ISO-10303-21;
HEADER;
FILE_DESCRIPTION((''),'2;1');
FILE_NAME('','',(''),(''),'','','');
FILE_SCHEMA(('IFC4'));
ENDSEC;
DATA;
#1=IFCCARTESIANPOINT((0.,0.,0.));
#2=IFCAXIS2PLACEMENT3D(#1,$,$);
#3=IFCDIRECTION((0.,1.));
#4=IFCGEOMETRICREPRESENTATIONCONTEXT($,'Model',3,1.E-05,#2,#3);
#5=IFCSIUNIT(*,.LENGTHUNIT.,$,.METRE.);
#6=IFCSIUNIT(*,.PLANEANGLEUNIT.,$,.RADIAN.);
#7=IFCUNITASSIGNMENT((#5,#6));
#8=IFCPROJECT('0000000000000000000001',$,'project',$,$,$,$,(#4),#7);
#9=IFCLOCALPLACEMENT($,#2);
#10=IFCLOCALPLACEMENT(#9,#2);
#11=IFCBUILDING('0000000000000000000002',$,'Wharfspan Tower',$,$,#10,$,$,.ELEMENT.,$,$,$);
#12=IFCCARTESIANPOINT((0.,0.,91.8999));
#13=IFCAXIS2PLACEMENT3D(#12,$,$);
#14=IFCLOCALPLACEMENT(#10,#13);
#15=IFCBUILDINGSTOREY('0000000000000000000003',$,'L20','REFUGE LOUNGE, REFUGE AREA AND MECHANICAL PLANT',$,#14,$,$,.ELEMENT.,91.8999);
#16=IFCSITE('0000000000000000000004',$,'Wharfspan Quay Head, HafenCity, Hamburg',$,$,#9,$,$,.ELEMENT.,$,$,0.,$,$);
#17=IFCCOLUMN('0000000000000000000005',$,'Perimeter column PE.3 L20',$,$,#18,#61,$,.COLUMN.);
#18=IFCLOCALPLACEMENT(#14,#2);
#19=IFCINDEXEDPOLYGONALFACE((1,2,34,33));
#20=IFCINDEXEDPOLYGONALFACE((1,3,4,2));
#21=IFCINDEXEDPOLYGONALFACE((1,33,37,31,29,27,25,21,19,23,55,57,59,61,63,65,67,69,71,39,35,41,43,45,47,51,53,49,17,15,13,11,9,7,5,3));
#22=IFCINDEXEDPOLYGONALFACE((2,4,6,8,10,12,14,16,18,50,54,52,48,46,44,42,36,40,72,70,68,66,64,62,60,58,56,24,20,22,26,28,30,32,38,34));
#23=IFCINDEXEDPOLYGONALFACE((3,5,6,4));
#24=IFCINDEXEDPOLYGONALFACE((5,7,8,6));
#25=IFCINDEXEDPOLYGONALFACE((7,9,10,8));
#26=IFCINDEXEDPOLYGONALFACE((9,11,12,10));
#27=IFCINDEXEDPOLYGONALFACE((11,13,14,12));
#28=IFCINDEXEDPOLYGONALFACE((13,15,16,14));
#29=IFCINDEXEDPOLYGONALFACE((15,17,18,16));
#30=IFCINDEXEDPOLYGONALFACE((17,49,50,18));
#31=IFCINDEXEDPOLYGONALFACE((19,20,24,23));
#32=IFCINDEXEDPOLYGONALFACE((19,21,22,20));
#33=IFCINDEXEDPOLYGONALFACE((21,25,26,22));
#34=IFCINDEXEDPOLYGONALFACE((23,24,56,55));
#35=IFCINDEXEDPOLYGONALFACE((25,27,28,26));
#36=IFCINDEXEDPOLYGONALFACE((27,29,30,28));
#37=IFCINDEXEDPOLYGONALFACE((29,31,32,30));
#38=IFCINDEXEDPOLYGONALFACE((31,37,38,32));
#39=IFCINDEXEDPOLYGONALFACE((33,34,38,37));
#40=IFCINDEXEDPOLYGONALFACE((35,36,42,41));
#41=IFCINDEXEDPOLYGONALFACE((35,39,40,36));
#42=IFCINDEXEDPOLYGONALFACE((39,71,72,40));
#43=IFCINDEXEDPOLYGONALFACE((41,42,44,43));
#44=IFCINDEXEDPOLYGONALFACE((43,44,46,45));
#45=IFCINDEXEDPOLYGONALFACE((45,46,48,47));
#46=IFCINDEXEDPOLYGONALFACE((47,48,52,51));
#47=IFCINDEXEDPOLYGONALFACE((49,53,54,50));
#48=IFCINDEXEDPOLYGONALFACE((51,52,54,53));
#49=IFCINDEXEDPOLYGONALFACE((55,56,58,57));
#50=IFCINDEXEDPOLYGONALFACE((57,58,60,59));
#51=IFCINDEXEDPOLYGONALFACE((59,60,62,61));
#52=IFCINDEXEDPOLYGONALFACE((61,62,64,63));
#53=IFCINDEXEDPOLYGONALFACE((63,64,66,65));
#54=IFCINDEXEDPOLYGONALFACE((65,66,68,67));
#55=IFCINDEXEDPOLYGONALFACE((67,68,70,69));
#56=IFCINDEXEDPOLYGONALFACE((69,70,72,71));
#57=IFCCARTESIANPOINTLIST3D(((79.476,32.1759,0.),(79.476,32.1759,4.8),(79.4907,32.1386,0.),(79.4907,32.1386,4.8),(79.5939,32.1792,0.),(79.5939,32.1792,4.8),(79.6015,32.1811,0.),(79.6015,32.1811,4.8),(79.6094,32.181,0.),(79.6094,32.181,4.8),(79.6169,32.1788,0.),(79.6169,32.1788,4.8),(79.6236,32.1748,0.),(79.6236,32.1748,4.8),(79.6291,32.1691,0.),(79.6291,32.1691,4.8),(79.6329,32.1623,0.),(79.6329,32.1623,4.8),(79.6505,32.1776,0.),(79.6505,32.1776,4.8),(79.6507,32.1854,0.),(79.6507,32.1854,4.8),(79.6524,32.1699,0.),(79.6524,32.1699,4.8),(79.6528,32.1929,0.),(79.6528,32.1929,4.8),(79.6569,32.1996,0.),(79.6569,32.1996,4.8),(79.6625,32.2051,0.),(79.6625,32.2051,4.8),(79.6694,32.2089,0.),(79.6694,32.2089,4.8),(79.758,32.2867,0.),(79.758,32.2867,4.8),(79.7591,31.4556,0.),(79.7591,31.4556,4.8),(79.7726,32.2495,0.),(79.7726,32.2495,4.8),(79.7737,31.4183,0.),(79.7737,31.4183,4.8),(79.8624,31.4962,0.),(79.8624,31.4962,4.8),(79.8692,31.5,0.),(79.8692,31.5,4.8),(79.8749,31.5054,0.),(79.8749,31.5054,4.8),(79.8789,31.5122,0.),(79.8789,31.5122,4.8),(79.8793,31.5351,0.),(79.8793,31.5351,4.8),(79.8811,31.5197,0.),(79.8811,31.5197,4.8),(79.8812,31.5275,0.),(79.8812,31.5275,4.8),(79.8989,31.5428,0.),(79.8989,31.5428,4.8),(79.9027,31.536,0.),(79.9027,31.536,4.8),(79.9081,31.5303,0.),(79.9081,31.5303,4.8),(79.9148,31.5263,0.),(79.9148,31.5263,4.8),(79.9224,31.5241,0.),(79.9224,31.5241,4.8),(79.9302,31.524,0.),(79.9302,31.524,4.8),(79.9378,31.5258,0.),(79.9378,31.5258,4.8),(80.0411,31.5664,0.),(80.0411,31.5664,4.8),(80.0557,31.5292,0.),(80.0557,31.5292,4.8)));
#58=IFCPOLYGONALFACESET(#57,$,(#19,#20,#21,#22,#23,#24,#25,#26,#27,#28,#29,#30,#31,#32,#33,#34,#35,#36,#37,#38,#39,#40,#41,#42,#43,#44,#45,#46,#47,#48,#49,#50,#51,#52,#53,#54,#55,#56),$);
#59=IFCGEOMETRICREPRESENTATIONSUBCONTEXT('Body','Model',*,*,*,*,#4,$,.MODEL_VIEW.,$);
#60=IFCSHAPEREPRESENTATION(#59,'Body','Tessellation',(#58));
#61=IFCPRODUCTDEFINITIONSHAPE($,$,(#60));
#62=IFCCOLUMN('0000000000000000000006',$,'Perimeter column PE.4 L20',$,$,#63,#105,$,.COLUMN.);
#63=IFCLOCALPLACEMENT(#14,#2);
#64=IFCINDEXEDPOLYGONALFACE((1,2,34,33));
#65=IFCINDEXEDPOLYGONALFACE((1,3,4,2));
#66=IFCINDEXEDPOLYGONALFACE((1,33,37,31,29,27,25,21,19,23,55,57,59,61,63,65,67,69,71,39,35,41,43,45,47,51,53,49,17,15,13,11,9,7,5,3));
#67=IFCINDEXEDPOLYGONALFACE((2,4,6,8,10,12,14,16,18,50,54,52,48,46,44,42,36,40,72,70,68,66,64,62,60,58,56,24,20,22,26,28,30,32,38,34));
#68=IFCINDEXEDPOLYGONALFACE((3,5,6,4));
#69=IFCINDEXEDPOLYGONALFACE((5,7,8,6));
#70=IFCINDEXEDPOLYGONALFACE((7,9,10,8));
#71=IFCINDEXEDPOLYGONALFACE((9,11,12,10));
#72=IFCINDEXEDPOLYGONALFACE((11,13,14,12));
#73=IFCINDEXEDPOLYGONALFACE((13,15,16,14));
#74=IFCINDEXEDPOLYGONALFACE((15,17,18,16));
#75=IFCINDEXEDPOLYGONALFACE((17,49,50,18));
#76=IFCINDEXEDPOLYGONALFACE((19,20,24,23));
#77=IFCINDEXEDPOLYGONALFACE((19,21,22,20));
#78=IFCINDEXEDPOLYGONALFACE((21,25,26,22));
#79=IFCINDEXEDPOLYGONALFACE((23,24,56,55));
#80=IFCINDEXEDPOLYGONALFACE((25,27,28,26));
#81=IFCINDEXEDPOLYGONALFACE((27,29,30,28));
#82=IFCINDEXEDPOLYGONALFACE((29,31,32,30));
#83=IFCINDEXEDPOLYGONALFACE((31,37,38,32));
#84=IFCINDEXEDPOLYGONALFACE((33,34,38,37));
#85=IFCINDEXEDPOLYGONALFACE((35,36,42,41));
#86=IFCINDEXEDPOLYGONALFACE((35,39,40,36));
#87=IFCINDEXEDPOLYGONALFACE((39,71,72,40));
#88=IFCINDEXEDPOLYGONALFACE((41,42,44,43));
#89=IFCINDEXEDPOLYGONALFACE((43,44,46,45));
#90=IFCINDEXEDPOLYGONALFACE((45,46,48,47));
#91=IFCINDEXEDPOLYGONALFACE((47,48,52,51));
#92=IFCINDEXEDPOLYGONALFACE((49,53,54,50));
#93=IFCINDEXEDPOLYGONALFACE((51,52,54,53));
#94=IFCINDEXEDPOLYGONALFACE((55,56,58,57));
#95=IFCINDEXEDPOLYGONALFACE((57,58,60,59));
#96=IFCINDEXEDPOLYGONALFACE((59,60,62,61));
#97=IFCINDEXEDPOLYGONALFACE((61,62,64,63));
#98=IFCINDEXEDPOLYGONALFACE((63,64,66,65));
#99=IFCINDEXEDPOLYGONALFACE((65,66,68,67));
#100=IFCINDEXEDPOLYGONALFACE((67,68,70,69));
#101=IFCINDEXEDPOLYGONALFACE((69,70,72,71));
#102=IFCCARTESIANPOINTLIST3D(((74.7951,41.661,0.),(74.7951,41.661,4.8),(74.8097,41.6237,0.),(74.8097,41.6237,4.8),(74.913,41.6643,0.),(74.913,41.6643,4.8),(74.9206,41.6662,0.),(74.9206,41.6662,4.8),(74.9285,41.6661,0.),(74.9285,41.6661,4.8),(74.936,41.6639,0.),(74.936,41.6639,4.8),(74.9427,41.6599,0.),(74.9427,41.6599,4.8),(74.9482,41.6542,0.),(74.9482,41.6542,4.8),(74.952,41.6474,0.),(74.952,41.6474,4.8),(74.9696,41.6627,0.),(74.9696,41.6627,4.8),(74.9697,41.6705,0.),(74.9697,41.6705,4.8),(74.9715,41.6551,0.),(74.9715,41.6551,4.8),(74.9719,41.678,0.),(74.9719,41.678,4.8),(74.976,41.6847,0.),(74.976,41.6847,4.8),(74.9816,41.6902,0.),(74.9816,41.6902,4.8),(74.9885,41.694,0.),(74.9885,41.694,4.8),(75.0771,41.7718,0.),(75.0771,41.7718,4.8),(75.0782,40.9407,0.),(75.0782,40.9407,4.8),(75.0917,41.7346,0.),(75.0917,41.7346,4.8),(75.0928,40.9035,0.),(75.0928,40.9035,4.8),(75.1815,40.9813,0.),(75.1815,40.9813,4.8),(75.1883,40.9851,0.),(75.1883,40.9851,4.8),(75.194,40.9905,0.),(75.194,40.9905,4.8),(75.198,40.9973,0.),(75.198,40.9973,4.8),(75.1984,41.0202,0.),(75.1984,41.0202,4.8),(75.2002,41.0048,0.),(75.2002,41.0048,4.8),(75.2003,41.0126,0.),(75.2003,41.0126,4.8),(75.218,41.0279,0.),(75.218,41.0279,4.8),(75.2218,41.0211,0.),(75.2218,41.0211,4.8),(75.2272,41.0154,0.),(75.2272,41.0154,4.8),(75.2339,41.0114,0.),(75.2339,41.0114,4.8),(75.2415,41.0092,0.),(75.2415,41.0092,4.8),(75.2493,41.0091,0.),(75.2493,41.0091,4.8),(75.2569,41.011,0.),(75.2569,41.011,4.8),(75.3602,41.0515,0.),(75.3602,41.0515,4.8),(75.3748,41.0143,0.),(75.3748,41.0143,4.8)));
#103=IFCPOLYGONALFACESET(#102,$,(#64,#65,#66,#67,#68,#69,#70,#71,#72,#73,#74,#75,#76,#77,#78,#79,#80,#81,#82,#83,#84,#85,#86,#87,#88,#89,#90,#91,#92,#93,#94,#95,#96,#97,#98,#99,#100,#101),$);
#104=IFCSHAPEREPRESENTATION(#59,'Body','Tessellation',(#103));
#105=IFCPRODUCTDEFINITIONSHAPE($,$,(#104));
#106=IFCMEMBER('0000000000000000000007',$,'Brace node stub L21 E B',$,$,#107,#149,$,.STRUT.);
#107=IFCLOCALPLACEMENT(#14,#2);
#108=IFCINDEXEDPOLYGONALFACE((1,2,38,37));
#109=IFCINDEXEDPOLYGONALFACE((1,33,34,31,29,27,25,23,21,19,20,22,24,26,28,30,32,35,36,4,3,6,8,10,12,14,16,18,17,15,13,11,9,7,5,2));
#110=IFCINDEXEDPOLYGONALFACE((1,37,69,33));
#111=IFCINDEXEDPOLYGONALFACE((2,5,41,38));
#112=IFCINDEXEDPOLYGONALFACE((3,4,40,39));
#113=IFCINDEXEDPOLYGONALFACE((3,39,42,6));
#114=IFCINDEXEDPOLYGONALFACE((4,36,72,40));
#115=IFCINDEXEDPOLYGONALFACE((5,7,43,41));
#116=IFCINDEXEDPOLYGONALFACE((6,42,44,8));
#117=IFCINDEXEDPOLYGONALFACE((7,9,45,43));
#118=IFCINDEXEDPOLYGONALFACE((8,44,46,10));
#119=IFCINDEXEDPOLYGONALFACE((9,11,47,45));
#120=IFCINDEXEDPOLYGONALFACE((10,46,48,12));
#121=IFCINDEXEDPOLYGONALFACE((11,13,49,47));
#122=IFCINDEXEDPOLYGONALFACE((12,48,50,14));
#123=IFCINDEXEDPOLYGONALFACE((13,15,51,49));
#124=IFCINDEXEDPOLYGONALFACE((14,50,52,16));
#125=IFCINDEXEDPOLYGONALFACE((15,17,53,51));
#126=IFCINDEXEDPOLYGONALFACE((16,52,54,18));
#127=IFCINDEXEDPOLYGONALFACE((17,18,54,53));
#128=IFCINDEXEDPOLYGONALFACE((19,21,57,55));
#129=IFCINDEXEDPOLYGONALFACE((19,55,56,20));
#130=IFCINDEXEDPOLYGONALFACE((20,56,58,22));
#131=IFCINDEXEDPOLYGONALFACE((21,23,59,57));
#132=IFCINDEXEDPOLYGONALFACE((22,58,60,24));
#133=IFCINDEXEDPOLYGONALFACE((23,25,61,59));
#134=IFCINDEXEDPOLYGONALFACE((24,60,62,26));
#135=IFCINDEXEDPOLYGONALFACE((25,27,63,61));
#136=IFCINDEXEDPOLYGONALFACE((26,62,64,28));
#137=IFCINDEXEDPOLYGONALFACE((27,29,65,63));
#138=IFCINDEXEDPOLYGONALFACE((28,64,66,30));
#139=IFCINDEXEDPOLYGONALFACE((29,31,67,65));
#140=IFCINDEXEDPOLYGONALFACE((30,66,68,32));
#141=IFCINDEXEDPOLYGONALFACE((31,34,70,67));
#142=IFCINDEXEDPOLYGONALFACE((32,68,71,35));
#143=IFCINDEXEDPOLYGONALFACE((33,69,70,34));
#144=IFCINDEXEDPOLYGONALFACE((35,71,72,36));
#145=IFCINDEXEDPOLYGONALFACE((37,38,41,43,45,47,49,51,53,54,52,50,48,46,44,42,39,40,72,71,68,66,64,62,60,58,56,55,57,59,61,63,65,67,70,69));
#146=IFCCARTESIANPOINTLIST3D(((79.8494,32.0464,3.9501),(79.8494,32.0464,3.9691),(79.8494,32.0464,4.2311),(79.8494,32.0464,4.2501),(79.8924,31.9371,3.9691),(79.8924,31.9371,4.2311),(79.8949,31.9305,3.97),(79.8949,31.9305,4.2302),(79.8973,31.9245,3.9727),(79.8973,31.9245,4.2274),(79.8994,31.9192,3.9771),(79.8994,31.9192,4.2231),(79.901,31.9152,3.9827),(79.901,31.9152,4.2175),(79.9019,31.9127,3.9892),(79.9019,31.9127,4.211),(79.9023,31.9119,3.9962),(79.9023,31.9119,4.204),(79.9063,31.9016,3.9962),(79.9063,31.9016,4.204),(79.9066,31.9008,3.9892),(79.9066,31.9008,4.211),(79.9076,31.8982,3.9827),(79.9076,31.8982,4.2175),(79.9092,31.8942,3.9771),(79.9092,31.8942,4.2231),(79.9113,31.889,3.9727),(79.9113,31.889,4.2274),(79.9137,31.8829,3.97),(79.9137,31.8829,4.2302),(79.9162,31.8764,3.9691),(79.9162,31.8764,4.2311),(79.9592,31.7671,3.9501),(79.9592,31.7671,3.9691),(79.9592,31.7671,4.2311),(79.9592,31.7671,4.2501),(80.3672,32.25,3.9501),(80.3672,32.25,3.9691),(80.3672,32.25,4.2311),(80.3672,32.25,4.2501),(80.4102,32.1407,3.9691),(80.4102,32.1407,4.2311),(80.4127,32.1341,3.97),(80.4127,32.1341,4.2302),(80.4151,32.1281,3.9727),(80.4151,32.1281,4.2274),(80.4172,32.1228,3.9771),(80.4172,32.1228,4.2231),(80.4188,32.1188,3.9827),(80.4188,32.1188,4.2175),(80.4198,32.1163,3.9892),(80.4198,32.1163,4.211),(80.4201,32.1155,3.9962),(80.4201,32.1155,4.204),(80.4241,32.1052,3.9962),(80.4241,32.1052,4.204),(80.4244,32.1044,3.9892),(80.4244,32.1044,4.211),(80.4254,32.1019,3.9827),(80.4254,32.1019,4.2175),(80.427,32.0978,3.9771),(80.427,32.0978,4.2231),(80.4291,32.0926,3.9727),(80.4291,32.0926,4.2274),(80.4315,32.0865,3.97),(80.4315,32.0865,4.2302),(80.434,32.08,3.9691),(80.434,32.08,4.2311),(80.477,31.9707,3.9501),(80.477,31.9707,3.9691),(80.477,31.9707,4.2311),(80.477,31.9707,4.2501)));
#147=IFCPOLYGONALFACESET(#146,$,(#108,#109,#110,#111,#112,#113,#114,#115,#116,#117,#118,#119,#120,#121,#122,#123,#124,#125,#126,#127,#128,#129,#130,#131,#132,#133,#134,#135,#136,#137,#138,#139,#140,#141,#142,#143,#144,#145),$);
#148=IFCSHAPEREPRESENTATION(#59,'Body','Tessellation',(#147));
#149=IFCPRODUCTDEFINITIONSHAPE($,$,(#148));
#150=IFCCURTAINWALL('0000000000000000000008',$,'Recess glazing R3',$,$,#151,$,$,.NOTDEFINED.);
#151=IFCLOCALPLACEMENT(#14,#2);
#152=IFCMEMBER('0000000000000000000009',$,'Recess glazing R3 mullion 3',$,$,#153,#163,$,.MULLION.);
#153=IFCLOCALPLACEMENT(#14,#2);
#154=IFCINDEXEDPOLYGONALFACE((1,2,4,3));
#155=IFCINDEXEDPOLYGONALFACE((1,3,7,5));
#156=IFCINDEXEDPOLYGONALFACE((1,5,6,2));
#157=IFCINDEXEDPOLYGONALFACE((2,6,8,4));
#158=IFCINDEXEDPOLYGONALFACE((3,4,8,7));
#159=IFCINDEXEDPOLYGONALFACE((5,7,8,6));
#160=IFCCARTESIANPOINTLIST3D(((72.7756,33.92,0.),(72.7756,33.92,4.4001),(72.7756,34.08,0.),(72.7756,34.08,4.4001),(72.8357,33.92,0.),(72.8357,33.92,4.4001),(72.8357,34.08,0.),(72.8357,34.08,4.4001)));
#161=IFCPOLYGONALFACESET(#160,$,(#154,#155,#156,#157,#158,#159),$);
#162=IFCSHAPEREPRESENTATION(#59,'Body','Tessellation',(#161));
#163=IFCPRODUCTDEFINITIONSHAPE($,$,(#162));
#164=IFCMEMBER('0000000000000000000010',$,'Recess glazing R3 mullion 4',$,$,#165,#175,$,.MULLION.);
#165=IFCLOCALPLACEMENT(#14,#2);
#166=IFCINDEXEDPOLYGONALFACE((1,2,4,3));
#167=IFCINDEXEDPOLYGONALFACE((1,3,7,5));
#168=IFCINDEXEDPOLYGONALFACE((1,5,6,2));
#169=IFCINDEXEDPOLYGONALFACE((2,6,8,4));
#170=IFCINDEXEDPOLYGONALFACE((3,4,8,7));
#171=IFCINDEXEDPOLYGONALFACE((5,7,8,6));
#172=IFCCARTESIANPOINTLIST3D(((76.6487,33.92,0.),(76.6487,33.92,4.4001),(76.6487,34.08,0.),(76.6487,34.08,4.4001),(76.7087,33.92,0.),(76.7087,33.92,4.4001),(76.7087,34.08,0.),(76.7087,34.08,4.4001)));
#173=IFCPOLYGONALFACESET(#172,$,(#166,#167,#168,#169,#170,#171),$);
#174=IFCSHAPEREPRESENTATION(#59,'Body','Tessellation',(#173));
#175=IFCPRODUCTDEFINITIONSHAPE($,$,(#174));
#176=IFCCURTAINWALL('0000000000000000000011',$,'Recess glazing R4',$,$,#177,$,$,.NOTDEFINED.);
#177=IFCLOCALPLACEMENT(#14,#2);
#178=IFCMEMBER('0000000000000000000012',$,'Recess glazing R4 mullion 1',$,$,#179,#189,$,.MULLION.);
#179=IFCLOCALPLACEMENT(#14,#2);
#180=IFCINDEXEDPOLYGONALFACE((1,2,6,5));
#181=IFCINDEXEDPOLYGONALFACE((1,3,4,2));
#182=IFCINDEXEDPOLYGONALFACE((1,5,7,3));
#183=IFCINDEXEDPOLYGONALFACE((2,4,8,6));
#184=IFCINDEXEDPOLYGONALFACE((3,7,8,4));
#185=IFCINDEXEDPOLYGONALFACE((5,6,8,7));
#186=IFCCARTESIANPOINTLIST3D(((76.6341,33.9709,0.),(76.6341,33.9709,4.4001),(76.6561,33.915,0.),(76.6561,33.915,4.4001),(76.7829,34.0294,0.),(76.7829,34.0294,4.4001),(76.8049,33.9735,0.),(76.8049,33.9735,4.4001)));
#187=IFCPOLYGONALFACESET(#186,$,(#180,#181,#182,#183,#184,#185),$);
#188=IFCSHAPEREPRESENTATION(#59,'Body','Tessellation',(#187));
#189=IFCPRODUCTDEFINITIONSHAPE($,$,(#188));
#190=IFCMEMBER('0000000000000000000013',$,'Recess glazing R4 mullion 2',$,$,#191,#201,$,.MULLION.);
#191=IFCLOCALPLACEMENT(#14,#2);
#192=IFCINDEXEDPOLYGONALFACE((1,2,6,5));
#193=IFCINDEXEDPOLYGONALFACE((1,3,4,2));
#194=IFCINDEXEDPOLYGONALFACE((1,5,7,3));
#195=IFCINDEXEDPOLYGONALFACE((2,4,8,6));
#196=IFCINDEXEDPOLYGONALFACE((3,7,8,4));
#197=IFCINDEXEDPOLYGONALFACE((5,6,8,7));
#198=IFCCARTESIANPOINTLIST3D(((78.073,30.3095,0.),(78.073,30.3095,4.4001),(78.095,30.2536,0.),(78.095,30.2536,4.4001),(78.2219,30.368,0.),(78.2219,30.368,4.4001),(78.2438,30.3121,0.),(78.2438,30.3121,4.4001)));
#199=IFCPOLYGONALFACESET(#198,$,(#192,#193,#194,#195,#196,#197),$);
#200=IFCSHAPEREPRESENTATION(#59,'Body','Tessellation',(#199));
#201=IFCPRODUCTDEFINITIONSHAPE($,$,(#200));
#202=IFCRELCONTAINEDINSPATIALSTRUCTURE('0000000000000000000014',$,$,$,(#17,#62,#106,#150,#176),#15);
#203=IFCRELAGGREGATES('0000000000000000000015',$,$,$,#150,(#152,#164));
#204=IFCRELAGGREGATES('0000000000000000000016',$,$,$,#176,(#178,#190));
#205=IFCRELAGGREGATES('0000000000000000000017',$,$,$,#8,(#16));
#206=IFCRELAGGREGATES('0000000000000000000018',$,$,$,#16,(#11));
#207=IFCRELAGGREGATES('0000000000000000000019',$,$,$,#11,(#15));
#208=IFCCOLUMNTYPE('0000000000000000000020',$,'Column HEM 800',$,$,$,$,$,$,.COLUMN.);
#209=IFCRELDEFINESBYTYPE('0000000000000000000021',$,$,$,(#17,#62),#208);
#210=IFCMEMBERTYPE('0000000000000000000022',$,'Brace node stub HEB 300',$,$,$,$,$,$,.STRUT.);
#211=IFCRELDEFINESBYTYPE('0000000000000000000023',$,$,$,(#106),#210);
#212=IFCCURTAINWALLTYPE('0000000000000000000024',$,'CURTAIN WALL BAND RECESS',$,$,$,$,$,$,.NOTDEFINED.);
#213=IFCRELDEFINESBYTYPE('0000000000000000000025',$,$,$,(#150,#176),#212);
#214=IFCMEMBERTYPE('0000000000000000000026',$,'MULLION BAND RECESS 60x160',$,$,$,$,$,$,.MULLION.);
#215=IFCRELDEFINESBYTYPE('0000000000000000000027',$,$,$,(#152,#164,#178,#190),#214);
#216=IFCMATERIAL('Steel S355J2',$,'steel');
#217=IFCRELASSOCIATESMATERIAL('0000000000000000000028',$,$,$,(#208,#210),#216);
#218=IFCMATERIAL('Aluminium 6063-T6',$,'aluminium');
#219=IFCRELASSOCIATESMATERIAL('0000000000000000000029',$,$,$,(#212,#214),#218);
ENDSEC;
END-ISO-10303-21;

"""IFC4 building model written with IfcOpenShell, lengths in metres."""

from ifc_helpers import new_model, si_unit, direction, frame, origin, origin_2d, place, context, subcontext, project, spatial, rectangle, i_section, extrude, material, material_profile, profile_set, type_object, element, aggregate, save


model = new_model("IFC4")

# Units and contexts
model_context = context("Model", 3, precision=1e-05, world=origin(), true_north=direction((0.0, 1.0)))
body_context = subcontext(model_context, "Body", "Model", "MODEL_VIEW")
ifc_project = project(units=[si_unit("LENGTHUNIT", "METRE"), si_unit("PLANEANGLEUNIT", "RADIAN")], contexts=[model_context])

# Site, building, storey
site_placement = place(None, origin())
site = spatial("IfcSite", under=ifc_project, at=site_placement, Name="Wharfspan Quay Head, HafenCity, Hamburg", CompositionType="ELEMENT", RefElevation=0.0)
building_placement = place(site_placement, origin())
building = spatial("IfcBuilding", under=site, at=building_placement, Name="Wharfspan Tower", CompositionType="ELEMENT")
storey_placement = place(building_placement, frame((0.0, 0.0, 91.8999)))
storey = spatial("IfcBuildingStorey", under=building, at=storey_placement, Name="L20", Description="REFUGE LOUNGE, REFUGE AREA AND MECHANICAL PLANT", CompositionType="ELEMENT", Elevation=91.8999)

# Columns
ifc_material_1 = material(Name="Steel S355J2", Category="steel")
ifc_material_profile_1 = material_profile(ifc_material_1, i_section(OverallWidth=0.303, OverallDepth=0.814, WebThickness=0.021, FlangeThickness=0.04, FilletRadius=0.03, at=origin_2d()))
ifc_profile_set_1 = profile_set([ifc_material_profile_1], Name="Steel S355J2")
column_type = type_object("IfcColumnType", Name="Column HEM 800", PredefinedType="COLUMN", material=ifc_profile_set_1)
for number, where, z_axis, x_axis, name in (
    (1, (79.7659, 31.8525, 0.0), (0.0, 0.0, 1.0), (0.930702, 0.365778, 0.0), "Perimeter column PE.3 L20"),
    (2, (75.085, 41.3376, 0.0), (0.0, 0.0, 1.0), (0.930702, 0.365778, 0.0), "Perimeter column PE.4 L20"),
):
    element("IfcColumn", number, at=place(storey_placement, frame(where, z_axis=z_axis, x_axis=x_axis)), inside=storey, type_object=column_type, Name=name, PredefinedType="COLUMN", context=body_context, shape_type="SweptSolid", body=[
        extrude(i_section(OverallWidth=0.303, OverallDepth=0.814, WebThickness=0.021, FlangeThickness=0.04, FilletRadius=0.03, at=origin_2d()), origin(), (0.0, 0.0, 1.0), 4.8),
    ])

# Member
ifc_material_profile_2 = material_profile(ifc_material_1, i_section(OverallWidth=0.3, OverallDepth=0.3, WebThickness=0.011, FlangeThickness=0.019, FilletRadius=0.0271, at=origin_2d()))
ifc_profile_set_2 = profile_set([ifc_material_profile_2], Name="Steel S355J2")
member_type_1 = type_object("IfcMemberType", Name="Brace node stub HEB 300", PredefinedType="STRUT", material=ifc_profile_set_2)
member_1_placement = place(storey_placement, frame((79.9043, 31.9067, 4.1001), z_axis=(0.930639, 0.365937, 0.0), x_axis=(-0.365937, 0.930639, 0.0)))
element("IfcMember", 3, at=member_1_placement, inside=storey, type_object=member_type_1, Name="Brace node stub L21 E B", PredefinedType="STRUT", context=body_context, shape_type="SweptSolid", body=[
    extrude(i_section(OverallWidth=0.3, OverallDepth=0.3, WebThickness=0.011, FlangeThickness=0.019, FilletRadius=0.0271, at=origin_2d()), origin(), (0.0, 0.0, 1.0), 0.5564),
])

# Curtain walls, members
ifc_material_2 = material(Name="Aluminium 6063-T6", Category="aluminium")
curtain_wall_type = type_object("IfcCurtainWallType", Name="CURTAIN WALL BAND RECESS", PredefinedType="NOTDEFINED", material=ifc_material_2)
curtain_wall_1_placement = place(storey_placement, origin())
curtain_wall_1 = element("IfcCurtainWall", 4, at=curtain_wall_1_placement, inside=storey, type_object=curtain_wall_type, Name="Recess glazing R3", PredefinedType="NOTDEFINED")
ifc_material_profile_3 = material_profile(ifc_material_2, rectangle(XDim=0.1599, YDim=0.0601, at=origin_2d()))
ifc_profile_set_3 = profile_set([ifc_material_profile_3], Name="Aluminium 6063-T6")
member_type_2 = type_object("IfcMemberType", Name="MULLION BAND RECESS 60x160", PredefinedType="MULLION", material=ifc_profile_set_3)
member_2_placement = place(storey_placement, frame((72.8057, 34.0, 0.0), z_axis=(0.0, 0.0, 1.0), x_axis=(0.0, 1.0, 0.0)))
member_2 = element("IfcMember", 5, at=member_2_placement, type_object=member_type_2, Name="Recess glazing R3 mullion 3", PredefinedType="MULLION", context=body_context, shape_type="SweptSolid", body=[
    extrude(rectangle(XDim=0.1599, YDim=0.0601, at=origin_2d()), origin(), (0.0, 0.0, 1.0), 4.4001),
])
member_3_placement = place(storey_placement, frame((76.6787, 34.0, 0.0), z_axis=(0.0, 0.0, 1.0), x_axis=(0.0, 1.0, 0.0)))
member_3 = element("IfcMember", 6, at=member_3_placement, type_object=member_type_2, Name="Recess glazing R3 mullion 4", PredefinedType="MULLION", context=body_context, shape_type="SweptSolid", body=[
    extrude(rectangle(XDim=0.1599, YDim=0.0601, at=origin_2d()), origin(), (0.0, 0.0, 1.0), 4.4001),
])
curtain_wall_2_placement = place(storey_placement, origin())
curtain_wall_2 = element("IfcCurtainWall", 7, at=curtain_wall_2_placement, inside=storey, type_object=curtain_wall_type, Name="Recess glazing R4", PredefinedType="NOTDEFINED")
member_4_placement = place(storey_placement, frame((76.7195, 33.9722, 0.0), z_axis=(0.0, 0.0, 1.0), x_axis=(0.930702, 0.365778, 0.0)))
member_4 = element("IfcMember", 8, at=member_4_placement, type_object=member_type_2, Name="Recess glazing R4 mullion 1", PredefinedType="MULLION", context=body_context, shape_type="SweptSolid", body=[
    extrude(rectangle(XDim=0.1599, YDim=0.0601, at=origin_2d()), origin(), (0.0, 0.0, 1.0), 4.4001),
])
member_5_placement = place(storey_placement, frame((78.1584, 30.3108, 0.0), z_axis=(0.0, 0.0, 1.0), x_axis=(0.930702, 0.365778, 0.0)))
member_5 = element("IfcMember", 9, at=member_5_placement, type_object=member_type_2, Name="Recess glazing R4 mullion 2", PredefinedType="MULLION", context=body_context, shape_type="SweptSolid", body=[
    extrude(rectangle(XDim=0.1599, YDim=0.0601, at=origin_2d()), origin(), (0.0, 0.0, 1.0), 4.4001),
])

aggregate(curtain_wall_1, [member_2, member_3])
aggregate(curtain_wall_2, [member_4, member_5])

save(model, "model.ifc")
